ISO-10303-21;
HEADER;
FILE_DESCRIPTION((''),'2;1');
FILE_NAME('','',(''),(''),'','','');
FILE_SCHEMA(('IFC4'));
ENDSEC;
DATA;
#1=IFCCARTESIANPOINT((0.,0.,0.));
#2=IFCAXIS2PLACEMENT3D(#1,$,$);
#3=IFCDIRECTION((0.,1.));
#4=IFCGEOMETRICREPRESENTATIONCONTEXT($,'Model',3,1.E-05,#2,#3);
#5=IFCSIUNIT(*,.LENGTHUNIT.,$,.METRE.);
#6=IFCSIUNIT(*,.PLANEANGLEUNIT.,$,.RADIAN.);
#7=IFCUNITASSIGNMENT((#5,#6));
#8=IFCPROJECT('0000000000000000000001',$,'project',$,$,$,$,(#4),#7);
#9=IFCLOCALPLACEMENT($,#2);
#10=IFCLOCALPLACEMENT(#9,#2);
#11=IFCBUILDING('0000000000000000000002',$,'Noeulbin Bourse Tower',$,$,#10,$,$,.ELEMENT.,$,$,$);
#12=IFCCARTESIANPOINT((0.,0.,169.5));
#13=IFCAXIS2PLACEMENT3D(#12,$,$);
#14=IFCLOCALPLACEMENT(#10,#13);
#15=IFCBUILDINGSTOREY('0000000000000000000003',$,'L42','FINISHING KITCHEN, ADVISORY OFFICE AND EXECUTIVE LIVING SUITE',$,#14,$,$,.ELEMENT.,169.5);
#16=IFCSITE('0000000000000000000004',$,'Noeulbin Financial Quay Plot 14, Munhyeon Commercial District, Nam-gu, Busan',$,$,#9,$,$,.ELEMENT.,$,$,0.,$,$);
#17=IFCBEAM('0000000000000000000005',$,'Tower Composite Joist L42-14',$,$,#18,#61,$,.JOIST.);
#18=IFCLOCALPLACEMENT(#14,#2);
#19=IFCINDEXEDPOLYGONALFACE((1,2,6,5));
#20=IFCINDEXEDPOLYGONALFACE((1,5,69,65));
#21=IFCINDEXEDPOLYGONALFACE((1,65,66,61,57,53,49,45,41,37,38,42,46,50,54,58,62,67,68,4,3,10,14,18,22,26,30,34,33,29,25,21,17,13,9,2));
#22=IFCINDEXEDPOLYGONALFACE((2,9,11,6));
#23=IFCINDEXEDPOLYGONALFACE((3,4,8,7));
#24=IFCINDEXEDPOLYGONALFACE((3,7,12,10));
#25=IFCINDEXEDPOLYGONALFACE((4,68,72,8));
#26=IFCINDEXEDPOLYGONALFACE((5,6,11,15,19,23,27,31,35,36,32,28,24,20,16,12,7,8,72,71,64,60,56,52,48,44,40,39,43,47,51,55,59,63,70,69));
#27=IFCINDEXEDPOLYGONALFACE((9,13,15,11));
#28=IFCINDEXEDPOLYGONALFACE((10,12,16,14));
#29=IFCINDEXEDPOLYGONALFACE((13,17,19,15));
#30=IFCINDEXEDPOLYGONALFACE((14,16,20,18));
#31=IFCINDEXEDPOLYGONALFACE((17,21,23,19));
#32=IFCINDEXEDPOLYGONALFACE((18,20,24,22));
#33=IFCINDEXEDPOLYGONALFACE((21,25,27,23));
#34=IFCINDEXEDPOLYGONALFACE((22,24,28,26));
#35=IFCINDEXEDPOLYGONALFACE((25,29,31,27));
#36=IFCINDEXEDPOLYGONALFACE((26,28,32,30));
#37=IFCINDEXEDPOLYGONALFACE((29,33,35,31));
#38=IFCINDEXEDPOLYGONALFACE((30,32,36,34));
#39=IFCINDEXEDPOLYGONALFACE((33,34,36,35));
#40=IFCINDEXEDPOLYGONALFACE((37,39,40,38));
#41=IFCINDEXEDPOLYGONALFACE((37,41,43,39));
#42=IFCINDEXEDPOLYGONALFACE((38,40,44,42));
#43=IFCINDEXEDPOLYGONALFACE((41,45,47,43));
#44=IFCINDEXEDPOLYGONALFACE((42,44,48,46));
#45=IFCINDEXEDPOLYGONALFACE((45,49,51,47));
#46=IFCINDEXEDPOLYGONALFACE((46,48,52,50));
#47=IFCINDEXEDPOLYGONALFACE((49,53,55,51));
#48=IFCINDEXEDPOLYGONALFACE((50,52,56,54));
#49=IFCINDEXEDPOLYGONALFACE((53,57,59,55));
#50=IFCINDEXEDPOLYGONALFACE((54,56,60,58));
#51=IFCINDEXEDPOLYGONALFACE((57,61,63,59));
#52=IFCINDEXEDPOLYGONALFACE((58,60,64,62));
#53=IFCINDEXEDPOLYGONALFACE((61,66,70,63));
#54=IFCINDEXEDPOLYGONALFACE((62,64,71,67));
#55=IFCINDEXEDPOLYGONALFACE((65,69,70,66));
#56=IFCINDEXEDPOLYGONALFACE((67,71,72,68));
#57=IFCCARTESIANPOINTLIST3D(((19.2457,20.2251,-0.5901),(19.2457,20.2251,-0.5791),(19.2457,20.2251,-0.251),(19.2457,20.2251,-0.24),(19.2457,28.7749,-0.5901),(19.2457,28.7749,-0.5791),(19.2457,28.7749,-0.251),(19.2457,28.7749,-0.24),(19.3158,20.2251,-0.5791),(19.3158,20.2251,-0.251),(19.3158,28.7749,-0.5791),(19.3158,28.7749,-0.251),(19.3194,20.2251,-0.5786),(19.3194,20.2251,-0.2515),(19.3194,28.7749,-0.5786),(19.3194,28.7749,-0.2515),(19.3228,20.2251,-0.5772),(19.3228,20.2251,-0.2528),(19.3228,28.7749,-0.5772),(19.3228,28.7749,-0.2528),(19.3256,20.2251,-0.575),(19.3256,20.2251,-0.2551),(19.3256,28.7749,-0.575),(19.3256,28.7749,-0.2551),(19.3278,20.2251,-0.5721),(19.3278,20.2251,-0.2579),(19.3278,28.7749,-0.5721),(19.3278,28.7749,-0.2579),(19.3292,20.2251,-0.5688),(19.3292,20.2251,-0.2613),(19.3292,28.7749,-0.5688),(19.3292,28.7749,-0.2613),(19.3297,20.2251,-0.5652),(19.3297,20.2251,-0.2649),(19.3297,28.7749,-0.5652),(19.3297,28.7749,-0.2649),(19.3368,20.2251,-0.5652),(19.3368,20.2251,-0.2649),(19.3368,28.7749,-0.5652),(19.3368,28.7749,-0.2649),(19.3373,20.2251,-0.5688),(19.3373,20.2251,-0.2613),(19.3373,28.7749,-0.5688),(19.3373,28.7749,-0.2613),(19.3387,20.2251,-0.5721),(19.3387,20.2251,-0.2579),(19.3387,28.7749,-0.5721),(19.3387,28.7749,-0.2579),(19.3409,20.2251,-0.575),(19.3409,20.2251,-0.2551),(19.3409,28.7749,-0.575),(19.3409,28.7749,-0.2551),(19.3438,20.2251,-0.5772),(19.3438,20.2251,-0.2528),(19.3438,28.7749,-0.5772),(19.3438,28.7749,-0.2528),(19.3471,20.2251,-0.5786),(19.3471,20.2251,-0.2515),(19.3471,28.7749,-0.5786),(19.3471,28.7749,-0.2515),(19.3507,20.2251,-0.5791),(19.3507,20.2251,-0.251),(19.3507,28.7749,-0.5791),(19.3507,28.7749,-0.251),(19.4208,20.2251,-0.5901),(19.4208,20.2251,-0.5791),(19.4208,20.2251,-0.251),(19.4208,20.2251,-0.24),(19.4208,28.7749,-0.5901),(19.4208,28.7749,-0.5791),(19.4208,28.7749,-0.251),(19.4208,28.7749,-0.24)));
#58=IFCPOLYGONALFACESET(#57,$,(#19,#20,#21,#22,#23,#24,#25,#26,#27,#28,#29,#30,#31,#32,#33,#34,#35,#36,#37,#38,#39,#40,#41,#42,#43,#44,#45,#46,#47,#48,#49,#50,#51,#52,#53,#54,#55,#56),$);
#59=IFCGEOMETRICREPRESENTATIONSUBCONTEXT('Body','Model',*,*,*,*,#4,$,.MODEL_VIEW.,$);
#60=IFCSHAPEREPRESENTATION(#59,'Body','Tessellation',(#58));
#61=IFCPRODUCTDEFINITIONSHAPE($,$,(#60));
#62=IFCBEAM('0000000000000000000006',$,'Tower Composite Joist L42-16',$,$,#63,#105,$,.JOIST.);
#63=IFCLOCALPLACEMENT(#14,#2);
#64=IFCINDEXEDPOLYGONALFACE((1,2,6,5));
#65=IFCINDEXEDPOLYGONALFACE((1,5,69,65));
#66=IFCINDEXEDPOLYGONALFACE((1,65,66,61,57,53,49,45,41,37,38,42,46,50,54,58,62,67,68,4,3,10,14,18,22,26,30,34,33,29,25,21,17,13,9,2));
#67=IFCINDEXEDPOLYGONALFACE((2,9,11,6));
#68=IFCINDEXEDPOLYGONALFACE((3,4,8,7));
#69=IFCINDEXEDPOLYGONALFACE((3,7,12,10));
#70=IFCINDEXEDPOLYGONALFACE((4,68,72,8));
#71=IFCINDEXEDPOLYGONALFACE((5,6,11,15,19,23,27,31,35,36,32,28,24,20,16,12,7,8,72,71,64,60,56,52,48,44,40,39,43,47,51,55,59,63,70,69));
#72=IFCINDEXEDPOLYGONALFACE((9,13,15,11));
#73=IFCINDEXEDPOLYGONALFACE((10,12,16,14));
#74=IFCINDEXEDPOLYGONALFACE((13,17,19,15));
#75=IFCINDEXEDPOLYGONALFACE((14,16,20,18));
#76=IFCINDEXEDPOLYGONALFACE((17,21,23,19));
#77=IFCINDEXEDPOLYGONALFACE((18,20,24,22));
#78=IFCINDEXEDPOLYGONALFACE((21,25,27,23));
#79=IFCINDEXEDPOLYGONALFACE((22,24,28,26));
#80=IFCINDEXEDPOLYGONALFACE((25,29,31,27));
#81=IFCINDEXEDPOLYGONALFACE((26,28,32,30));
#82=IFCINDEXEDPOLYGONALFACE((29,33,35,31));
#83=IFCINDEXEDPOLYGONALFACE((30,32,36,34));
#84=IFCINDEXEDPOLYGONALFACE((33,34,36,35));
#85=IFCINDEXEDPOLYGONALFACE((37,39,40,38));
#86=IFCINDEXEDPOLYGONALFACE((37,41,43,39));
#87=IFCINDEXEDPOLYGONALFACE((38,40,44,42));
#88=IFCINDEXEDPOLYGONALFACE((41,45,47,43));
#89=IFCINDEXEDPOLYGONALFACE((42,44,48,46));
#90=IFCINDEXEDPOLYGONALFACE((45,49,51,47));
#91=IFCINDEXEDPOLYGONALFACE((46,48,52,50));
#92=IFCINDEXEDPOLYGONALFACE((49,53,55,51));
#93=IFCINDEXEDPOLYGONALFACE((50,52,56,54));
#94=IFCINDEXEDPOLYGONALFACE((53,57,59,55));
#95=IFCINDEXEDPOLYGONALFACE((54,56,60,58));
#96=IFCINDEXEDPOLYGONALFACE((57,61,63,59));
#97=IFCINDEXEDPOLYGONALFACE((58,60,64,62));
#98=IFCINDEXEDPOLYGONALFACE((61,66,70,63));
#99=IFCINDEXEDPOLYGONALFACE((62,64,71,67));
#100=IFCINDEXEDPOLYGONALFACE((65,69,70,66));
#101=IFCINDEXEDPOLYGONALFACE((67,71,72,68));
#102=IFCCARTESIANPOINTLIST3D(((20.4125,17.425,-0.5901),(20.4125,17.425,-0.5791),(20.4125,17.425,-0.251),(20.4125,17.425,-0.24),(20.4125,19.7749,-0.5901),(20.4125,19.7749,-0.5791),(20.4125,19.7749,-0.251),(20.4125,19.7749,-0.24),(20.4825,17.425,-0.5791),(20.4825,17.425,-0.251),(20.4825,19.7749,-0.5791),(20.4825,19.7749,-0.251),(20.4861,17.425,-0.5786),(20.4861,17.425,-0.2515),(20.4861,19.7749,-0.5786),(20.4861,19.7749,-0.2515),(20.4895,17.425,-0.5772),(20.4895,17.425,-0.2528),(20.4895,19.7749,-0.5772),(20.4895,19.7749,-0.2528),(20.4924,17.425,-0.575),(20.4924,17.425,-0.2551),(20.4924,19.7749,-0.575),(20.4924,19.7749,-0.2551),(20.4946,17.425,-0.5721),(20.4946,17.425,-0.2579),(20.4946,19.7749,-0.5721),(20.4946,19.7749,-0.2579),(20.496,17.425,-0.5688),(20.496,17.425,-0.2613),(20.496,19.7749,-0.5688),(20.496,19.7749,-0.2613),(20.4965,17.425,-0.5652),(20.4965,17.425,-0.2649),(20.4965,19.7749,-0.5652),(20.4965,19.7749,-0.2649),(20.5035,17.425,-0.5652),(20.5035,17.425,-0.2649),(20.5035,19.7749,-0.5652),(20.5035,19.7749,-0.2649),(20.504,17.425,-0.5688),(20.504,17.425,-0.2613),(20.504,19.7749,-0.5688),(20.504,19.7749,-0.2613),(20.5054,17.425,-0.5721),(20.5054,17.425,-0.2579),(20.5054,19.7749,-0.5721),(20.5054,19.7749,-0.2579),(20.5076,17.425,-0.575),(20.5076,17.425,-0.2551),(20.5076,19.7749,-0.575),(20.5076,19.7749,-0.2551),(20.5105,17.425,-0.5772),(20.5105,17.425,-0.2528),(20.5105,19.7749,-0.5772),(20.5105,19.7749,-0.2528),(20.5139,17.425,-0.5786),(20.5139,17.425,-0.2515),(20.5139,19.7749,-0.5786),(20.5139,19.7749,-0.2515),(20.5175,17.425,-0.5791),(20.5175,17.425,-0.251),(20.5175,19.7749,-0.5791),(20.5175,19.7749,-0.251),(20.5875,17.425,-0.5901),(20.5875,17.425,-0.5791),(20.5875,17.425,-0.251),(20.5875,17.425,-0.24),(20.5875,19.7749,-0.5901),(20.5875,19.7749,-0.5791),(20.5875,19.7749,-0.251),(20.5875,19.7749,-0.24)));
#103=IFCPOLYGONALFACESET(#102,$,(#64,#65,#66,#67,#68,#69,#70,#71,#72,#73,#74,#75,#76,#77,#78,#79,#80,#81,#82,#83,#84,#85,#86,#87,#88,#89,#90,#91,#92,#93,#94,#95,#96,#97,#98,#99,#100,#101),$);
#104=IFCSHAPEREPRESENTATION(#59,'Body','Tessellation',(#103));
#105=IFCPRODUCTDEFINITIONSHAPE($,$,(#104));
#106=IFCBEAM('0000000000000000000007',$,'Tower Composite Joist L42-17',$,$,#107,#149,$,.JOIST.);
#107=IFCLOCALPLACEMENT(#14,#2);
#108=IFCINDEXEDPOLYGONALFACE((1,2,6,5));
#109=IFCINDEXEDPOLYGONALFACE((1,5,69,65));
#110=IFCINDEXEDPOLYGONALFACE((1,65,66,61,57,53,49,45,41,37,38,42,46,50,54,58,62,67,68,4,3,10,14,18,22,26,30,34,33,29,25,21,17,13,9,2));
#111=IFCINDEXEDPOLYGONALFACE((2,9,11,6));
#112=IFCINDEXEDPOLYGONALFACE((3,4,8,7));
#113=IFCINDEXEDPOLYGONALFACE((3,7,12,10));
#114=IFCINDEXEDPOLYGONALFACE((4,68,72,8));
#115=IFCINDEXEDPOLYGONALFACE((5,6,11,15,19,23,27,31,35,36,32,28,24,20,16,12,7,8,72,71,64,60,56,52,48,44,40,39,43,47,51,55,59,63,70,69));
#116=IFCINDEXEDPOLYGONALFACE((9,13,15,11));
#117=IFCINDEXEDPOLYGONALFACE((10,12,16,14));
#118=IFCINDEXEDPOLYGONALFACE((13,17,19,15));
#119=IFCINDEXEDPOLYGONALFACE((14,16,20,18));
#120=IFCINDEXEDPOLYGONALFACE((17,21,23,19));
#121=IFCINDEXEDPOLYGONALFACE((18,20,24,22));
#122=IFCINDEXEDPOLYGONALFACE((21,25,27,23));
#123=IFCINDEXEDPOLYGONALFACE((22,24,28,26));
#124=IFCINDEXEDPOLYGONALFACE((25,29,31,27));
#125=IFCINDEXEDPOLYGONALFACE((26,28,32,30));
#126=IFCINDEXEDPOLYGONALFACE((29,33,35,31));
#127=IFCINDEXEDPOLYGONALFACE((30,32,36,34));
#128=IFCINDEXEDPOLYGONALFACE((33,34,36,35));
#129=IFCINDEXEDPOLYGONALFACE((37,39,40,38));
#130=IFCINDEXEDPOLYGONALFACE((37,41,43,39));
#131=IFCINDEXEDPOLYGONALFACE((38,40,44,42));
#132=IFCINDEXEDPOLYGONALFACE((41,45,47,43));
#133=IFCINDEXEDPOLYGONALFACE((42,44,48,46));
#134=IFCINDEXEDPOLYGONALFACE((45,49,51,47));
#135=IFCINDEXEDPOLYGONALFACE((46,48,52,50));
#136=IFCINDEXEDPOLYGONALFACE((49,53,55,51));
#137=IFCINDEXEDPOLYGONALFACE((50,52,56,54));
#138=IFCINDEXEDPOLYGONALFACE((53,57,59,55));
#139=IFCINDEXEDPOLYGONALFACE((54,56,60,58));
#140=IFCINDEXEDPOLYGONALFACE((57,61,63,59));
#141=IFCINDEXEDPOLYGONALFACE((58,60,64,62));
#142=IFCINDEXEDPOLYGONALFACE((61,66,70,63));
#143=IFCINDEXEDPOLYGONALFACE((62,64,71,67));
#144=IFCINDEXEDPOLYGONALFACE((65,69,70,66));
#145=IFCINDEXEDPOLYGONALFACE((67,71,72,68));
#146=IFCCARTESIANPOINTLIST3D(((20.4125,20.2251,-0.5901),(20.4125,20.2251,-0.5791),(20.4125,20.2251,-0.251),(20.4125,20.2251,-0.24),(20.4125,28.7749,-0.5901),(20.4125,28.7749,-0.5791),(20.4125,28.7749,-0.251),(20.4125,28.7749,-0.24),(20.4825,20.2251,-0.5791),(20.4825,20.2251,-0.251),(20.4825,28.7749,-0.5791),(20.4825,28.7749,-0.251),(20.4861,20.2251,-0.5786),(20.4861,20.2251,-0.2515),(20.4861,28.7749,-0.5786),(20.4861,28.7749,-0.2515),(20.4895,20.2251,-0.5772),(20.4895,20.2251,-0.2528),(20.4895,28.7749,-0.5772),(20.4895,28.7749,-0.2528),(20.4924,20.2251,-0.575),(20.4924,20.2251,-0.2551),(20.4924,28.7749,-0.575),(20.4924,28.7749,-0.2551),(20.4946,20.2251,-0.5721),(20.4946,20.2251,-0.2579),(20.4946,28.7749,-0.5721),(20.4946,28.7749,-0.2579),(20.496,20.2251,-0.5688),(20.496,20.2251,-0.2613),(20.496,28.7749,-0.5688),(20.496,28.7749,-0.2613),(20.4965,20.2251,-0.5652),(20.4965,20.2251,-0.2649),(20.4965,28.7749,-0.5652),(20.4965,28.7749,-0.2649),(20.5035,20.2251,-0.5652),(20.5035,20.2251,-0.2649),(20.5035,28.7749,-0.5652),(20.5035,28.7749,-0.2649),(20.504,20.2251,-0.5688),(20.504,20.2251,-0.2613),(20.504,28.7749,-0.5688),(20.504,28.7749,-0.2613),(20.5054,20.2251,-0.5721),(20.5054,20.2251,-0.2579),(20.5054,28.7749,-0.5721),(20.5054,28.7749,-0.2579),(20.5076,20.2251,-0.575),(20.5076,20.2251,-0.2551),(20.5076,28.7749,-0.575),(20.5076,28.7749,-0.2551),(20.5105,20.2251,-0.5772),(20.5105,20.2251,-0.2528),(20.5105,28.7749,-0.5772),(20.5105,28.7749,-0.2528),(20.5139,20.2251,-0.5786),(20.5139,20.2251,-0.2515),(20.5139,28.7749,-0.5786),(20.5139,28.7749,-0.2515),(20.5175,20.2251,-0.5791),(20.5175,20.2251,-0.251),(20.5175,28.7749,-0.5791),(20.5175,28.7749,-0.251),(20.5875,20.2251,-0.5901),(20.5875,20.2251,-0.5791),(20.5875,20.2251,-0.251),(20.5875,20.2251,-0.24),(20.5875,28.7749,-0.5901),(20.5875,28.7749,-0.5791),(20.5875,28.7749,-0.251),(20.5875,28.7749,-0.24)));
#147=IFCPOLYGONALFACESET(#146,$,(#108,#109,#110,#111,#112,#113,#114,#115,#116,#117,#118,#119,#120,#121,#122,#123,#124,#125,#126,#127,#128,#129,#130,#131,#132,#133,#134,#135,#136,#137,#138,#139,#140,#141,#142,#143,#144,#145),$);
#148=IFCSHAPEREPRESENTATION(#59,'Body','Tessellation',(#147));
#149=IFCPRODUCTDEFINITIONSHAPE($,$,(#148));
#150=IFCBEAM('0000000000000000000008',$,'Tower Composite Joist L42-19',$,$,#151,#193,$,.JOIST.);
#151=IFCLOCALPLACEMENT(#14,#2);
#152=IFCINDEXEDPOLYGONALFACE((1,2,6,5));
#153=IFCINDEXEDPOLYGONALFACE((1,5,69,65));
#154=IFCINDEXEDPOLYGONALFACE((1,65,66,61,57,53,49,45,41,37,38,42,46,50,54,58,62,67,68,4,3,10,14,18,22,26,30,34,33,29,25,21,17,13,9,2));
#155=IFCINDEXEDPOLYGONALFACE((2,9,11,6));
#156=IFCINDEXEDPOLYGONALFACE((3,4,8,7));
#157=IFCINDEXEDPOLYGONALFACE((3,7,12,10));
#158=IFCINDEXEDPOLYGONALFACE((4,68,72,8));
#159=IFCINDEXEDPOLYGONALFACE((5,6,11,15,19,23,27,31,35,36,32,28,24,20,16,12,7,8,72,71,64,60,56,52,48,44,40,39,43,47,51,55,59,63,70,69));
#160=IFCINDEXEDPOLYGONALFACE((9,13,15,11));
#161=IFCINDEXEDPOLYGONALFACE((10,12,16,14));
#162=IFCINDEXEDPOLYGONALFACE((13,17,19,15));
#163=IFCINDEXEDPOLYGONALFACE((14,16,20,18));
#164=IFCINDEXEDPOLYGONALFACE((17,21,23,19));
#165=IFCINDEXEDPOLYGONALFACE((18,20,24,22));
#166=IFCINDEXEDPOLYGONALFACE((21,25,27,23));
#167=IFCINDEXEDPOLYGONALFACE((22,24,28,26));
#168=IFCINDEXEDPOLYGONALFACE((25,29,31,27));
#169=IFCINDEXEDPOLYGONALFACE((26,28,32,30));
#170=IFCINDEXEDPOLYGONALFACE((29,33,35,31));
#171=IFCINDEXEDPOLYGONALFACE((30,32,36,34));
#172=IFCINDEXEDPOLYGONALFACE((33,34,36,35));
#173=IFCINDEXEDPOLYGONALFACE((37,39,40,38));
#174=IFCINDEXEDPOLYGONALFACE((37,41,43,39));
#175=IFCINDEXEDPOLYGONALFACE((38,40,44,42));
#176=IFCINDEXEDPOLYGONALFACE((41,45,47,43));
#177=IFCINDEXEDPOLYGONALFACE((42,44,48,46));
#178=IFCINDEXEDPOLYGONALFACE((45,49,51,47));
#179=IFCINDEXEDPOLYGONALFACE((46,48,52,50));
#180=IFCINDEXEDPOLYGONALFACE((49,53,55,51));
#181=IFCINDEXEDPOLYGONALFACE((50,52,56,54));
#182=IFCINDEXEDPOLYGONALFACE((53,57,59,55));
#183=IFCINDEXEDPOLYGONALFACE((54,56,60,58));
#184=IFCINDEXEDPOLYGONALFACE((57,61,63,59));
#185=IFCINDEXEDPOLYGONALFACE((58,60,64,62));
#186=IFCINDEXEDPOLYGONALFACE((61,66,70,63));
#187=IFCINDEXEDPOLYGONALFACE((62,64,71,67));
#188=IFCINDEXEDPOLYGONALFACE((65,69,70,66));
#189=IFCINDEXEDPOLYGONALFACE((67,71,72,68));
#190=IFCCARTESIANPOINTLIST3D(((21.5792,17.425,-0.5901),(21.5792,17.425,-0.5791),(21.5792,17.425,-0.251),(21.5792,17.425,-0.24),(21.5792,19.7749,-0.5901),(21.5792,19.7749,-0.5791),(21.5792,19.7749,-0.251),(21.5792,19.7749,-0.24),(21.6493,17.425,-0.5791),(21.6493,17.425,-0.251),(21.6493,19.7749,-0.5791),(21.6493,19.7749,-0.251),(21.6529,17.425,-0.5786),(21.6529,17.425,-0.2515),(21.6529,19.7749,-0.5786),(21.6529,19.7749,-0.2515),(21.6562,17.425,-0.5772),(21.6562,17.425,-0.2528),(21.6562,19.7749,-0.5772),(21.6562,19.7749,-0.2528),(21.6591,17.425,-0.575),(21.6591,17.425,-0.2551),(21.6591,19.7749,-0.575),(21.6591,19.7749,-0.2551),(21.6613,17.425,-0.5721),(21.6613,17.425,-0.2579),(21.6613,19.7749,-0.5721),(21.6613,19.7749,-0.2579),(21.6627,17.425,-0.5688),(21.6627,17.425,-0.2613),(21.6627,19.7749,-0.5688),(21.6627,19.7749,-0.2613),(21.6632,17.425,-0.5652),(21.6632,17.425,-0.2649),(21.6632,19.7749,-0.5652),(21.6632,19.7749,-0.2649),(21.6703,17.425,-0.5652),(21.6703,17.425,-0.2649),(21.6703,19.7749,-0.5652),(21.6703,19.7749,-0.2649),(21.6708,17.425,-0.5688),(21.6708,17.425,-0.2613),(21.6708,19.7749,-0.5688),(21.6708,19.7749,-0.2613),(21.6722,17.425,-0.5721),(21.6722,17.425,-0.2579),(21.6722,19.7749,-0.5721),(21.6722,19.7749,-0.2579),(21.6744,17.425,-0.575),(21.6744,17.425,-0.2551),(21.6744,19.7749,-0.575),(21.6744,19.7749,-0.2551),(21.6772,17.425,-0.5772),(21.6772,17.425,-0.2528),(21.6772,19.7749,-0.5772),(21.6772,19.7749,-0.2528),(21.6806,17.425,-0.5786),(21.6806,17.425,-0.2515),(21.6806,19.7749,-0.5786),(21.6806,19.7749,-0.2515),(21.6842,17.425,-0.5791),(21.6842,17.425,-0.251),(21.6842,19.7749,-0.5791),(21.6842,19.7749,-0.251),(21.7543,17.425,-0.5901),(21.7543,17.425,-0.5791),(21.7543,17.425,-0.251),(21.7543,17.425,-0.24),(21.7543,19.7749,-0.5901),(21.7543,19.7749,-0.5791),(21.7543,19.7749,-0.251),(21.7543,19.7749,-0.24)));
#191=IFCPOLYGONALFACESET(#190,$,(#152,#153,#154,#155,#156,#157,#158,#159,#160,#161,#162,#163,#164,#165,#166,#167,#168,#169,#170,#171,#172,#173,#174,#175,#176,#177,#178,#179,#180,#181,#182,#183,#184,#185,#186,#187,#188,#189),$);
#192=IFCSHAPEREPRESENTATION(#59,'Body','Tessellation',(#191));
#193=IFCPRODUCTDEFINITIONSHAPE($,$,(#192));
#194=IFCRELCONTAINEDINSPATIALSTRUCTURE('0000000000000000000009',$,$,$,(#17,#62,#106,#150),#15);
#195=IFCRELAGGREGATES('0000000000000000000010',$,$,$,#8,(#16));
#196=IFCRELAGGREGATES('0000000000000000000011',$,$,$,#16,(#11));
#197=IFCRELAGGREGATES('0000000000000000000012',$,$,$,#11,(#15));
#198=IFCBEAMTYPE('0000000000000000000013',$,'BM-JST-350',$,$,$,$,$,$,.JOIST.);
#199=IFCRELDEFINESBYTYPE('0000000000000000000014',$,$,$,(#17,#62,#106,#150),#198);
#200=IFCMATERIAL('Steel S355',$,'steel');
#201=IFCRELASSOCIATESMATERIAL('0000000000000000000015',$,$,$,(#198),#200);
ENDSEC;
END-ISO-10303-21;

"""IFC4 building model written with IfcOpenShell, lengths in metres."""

from ifc_helpers import new_model, si_unit, direction, frame, origin, origin_2d, place, context, subcontext, project, spatial, i_section, extrude, material, material_profile, profile_set, type_object, element, save


model = new_model("IFC4")

# Units and contexts
model_context = context("Model", 3, precision=1e-05, world=origin(), true_north=direction((0.0, 1.0)))
body_context = subcontext(model_context, "Body", "Model", "MODEL_VIEW")
ifc_project = project(units=[si_unit("LENGTHUNIT", "METRE"), si_unit("PLANEANGLEUNIT", "RADIAN")], contexts=[model_context])

# Site, building, storey
site_placement = place(None, origin())
site = spatial("IfcSite", under=ifc_project, at=site_placement, Name="Noeulbin Financial Quay Plot 14, Munhyeon Commercial District, Nam-gu, Busan", CompositionType="ELEMENT", RefElevation=0.0)
building_placement = place(site_placement, origin())
building = spatial("IfcBuilding", under=site, at=building_placement, Name="Noeulbin Bourse Tower", CompositionType="ELEMENT")
storey_placement = place(building_placement, frame((0.0, 0.0, 169.5)))
storey = spatial("IfcBuildingStorey", under=building, at=storey_placement, Name="L42", Description="FINISHING KITCHEN, ADVISORY OFFICE AND EXECUTIVE LIVING SUITE", CompositionType="ELEMENT", Elevation=169.5)

# Shared definitions
ifc_material_1 = material(Name="Steel S355", Category="steel")

# Beams
ifc_material_profile_1 = material_profile(ifc_material_1, i_section(OverallWidth=0.175, OverallDepth=0.3501, WebThickness=0.0071, FlangeThickness=0.011, FilletRadius=0.0139, at=origin_2d()), Name="H-350x175x7x11", Category="LoadBearing")
ifc_profile_set_1 = profile_set([ifc_material_profile_1], Name="Steel S355")
beam_type_1 = type_object("IfcBeamType", Name="BM-JST-350", PredefinedType="JOIST", material=ifc_profile_set_1)
beam_1_placement = place(storey_placement, frame((19.3333, 20.2251, -0.415), z_axis=(0.0, 1.0, 0.0), x_axis=(-1.0, 0.0, 0.0)))
element("IfcBeam", 1, at=beam_1_placement, inside=storey, type_object=beam_type_1, Name="Tower Composite Joist L42-14", PredefinedType="JOIST", context=body_context, shape_type="SweptSolid", body=[
    extrude(i_section(OverallWidth=0.175, OverallDepth=0.3501, WebThickness=0.0071, FlangeThickness=0.011, FilletRadius=0.0139, at=origin_2d()), origin(), (0.0, 0.0, 1.0), 8.5498),
])
beam_2_placement = place(storey_placement, frame((20.5, 17.425, -0.415), z_axis=(0.0, 1.0, 0.0), x_axis=(-1.0, 0.0, 0.0)))
element("IfcBeam", 2, at=beam_2_placement, inside=storey, type_object=beam_type_1, Name="Tower Composite Joist L42-16", PredefinedType="JOIST", context=body_context, shape_type="SweptSolid", body=[
    extrude(i_section(OverallWidth=0.175, OverallDepth=0.3501, WebThickness=0.0071, FlangeThickness=0.011, FilletRadius=0.0139, at=origin_2d()), origin(), (0.0, 0.0, 1.0), 2.3499),
])
beam_3_placement = place(storey_placement, frame((20.5, 20.2251, -0.415), z_axis=(0.0, 1.0, 0.0), x_axis=(-1.0, 0.0, 0.0)))
element("IfcBeam", 3, at=beam_3_placement, inside=storey, type_object=beam_type_1, Name="Tower Composite Joist L42-17", PredefinedType="JOIST", context=body_context, shape_type="SweptSolid", body=[
    extrude(i_section(OverallWidth=0.175, OverallDepth=0.3501, WebThickness=0.0071, FlangeThickness=0.011, FilletRadius=0.0139, at=origin_2d()), origin(), (0.0, 0.0, 1.0), 8.5498),
])
beam_4_placement = place(storey_placement, frame((21.6667, 17.425, -0.415), z_axis=(0.0, 1.0, 0.0), x_axis=(-1.0, 0.0, 0.0)))
element("IfcBeam", 4, at=beam_4_placement, inside=storey, type_object=beam_type_1, Name="Tower Composite Joist L42-19", PredefinedType="JOIST", context=body_context, shape_type="SweptSolid", body=[
    extrude(i_section(OverallWidth=0.175, OverallDepth=0.3501, WebThickness=0.0071, FlangeThickness=0.011, FilletRadius=0.0139, at=origin_2d()), origin(), (0.0, 0.0, 1.0), 2.3499),
])

save(model, "model.ifc")
